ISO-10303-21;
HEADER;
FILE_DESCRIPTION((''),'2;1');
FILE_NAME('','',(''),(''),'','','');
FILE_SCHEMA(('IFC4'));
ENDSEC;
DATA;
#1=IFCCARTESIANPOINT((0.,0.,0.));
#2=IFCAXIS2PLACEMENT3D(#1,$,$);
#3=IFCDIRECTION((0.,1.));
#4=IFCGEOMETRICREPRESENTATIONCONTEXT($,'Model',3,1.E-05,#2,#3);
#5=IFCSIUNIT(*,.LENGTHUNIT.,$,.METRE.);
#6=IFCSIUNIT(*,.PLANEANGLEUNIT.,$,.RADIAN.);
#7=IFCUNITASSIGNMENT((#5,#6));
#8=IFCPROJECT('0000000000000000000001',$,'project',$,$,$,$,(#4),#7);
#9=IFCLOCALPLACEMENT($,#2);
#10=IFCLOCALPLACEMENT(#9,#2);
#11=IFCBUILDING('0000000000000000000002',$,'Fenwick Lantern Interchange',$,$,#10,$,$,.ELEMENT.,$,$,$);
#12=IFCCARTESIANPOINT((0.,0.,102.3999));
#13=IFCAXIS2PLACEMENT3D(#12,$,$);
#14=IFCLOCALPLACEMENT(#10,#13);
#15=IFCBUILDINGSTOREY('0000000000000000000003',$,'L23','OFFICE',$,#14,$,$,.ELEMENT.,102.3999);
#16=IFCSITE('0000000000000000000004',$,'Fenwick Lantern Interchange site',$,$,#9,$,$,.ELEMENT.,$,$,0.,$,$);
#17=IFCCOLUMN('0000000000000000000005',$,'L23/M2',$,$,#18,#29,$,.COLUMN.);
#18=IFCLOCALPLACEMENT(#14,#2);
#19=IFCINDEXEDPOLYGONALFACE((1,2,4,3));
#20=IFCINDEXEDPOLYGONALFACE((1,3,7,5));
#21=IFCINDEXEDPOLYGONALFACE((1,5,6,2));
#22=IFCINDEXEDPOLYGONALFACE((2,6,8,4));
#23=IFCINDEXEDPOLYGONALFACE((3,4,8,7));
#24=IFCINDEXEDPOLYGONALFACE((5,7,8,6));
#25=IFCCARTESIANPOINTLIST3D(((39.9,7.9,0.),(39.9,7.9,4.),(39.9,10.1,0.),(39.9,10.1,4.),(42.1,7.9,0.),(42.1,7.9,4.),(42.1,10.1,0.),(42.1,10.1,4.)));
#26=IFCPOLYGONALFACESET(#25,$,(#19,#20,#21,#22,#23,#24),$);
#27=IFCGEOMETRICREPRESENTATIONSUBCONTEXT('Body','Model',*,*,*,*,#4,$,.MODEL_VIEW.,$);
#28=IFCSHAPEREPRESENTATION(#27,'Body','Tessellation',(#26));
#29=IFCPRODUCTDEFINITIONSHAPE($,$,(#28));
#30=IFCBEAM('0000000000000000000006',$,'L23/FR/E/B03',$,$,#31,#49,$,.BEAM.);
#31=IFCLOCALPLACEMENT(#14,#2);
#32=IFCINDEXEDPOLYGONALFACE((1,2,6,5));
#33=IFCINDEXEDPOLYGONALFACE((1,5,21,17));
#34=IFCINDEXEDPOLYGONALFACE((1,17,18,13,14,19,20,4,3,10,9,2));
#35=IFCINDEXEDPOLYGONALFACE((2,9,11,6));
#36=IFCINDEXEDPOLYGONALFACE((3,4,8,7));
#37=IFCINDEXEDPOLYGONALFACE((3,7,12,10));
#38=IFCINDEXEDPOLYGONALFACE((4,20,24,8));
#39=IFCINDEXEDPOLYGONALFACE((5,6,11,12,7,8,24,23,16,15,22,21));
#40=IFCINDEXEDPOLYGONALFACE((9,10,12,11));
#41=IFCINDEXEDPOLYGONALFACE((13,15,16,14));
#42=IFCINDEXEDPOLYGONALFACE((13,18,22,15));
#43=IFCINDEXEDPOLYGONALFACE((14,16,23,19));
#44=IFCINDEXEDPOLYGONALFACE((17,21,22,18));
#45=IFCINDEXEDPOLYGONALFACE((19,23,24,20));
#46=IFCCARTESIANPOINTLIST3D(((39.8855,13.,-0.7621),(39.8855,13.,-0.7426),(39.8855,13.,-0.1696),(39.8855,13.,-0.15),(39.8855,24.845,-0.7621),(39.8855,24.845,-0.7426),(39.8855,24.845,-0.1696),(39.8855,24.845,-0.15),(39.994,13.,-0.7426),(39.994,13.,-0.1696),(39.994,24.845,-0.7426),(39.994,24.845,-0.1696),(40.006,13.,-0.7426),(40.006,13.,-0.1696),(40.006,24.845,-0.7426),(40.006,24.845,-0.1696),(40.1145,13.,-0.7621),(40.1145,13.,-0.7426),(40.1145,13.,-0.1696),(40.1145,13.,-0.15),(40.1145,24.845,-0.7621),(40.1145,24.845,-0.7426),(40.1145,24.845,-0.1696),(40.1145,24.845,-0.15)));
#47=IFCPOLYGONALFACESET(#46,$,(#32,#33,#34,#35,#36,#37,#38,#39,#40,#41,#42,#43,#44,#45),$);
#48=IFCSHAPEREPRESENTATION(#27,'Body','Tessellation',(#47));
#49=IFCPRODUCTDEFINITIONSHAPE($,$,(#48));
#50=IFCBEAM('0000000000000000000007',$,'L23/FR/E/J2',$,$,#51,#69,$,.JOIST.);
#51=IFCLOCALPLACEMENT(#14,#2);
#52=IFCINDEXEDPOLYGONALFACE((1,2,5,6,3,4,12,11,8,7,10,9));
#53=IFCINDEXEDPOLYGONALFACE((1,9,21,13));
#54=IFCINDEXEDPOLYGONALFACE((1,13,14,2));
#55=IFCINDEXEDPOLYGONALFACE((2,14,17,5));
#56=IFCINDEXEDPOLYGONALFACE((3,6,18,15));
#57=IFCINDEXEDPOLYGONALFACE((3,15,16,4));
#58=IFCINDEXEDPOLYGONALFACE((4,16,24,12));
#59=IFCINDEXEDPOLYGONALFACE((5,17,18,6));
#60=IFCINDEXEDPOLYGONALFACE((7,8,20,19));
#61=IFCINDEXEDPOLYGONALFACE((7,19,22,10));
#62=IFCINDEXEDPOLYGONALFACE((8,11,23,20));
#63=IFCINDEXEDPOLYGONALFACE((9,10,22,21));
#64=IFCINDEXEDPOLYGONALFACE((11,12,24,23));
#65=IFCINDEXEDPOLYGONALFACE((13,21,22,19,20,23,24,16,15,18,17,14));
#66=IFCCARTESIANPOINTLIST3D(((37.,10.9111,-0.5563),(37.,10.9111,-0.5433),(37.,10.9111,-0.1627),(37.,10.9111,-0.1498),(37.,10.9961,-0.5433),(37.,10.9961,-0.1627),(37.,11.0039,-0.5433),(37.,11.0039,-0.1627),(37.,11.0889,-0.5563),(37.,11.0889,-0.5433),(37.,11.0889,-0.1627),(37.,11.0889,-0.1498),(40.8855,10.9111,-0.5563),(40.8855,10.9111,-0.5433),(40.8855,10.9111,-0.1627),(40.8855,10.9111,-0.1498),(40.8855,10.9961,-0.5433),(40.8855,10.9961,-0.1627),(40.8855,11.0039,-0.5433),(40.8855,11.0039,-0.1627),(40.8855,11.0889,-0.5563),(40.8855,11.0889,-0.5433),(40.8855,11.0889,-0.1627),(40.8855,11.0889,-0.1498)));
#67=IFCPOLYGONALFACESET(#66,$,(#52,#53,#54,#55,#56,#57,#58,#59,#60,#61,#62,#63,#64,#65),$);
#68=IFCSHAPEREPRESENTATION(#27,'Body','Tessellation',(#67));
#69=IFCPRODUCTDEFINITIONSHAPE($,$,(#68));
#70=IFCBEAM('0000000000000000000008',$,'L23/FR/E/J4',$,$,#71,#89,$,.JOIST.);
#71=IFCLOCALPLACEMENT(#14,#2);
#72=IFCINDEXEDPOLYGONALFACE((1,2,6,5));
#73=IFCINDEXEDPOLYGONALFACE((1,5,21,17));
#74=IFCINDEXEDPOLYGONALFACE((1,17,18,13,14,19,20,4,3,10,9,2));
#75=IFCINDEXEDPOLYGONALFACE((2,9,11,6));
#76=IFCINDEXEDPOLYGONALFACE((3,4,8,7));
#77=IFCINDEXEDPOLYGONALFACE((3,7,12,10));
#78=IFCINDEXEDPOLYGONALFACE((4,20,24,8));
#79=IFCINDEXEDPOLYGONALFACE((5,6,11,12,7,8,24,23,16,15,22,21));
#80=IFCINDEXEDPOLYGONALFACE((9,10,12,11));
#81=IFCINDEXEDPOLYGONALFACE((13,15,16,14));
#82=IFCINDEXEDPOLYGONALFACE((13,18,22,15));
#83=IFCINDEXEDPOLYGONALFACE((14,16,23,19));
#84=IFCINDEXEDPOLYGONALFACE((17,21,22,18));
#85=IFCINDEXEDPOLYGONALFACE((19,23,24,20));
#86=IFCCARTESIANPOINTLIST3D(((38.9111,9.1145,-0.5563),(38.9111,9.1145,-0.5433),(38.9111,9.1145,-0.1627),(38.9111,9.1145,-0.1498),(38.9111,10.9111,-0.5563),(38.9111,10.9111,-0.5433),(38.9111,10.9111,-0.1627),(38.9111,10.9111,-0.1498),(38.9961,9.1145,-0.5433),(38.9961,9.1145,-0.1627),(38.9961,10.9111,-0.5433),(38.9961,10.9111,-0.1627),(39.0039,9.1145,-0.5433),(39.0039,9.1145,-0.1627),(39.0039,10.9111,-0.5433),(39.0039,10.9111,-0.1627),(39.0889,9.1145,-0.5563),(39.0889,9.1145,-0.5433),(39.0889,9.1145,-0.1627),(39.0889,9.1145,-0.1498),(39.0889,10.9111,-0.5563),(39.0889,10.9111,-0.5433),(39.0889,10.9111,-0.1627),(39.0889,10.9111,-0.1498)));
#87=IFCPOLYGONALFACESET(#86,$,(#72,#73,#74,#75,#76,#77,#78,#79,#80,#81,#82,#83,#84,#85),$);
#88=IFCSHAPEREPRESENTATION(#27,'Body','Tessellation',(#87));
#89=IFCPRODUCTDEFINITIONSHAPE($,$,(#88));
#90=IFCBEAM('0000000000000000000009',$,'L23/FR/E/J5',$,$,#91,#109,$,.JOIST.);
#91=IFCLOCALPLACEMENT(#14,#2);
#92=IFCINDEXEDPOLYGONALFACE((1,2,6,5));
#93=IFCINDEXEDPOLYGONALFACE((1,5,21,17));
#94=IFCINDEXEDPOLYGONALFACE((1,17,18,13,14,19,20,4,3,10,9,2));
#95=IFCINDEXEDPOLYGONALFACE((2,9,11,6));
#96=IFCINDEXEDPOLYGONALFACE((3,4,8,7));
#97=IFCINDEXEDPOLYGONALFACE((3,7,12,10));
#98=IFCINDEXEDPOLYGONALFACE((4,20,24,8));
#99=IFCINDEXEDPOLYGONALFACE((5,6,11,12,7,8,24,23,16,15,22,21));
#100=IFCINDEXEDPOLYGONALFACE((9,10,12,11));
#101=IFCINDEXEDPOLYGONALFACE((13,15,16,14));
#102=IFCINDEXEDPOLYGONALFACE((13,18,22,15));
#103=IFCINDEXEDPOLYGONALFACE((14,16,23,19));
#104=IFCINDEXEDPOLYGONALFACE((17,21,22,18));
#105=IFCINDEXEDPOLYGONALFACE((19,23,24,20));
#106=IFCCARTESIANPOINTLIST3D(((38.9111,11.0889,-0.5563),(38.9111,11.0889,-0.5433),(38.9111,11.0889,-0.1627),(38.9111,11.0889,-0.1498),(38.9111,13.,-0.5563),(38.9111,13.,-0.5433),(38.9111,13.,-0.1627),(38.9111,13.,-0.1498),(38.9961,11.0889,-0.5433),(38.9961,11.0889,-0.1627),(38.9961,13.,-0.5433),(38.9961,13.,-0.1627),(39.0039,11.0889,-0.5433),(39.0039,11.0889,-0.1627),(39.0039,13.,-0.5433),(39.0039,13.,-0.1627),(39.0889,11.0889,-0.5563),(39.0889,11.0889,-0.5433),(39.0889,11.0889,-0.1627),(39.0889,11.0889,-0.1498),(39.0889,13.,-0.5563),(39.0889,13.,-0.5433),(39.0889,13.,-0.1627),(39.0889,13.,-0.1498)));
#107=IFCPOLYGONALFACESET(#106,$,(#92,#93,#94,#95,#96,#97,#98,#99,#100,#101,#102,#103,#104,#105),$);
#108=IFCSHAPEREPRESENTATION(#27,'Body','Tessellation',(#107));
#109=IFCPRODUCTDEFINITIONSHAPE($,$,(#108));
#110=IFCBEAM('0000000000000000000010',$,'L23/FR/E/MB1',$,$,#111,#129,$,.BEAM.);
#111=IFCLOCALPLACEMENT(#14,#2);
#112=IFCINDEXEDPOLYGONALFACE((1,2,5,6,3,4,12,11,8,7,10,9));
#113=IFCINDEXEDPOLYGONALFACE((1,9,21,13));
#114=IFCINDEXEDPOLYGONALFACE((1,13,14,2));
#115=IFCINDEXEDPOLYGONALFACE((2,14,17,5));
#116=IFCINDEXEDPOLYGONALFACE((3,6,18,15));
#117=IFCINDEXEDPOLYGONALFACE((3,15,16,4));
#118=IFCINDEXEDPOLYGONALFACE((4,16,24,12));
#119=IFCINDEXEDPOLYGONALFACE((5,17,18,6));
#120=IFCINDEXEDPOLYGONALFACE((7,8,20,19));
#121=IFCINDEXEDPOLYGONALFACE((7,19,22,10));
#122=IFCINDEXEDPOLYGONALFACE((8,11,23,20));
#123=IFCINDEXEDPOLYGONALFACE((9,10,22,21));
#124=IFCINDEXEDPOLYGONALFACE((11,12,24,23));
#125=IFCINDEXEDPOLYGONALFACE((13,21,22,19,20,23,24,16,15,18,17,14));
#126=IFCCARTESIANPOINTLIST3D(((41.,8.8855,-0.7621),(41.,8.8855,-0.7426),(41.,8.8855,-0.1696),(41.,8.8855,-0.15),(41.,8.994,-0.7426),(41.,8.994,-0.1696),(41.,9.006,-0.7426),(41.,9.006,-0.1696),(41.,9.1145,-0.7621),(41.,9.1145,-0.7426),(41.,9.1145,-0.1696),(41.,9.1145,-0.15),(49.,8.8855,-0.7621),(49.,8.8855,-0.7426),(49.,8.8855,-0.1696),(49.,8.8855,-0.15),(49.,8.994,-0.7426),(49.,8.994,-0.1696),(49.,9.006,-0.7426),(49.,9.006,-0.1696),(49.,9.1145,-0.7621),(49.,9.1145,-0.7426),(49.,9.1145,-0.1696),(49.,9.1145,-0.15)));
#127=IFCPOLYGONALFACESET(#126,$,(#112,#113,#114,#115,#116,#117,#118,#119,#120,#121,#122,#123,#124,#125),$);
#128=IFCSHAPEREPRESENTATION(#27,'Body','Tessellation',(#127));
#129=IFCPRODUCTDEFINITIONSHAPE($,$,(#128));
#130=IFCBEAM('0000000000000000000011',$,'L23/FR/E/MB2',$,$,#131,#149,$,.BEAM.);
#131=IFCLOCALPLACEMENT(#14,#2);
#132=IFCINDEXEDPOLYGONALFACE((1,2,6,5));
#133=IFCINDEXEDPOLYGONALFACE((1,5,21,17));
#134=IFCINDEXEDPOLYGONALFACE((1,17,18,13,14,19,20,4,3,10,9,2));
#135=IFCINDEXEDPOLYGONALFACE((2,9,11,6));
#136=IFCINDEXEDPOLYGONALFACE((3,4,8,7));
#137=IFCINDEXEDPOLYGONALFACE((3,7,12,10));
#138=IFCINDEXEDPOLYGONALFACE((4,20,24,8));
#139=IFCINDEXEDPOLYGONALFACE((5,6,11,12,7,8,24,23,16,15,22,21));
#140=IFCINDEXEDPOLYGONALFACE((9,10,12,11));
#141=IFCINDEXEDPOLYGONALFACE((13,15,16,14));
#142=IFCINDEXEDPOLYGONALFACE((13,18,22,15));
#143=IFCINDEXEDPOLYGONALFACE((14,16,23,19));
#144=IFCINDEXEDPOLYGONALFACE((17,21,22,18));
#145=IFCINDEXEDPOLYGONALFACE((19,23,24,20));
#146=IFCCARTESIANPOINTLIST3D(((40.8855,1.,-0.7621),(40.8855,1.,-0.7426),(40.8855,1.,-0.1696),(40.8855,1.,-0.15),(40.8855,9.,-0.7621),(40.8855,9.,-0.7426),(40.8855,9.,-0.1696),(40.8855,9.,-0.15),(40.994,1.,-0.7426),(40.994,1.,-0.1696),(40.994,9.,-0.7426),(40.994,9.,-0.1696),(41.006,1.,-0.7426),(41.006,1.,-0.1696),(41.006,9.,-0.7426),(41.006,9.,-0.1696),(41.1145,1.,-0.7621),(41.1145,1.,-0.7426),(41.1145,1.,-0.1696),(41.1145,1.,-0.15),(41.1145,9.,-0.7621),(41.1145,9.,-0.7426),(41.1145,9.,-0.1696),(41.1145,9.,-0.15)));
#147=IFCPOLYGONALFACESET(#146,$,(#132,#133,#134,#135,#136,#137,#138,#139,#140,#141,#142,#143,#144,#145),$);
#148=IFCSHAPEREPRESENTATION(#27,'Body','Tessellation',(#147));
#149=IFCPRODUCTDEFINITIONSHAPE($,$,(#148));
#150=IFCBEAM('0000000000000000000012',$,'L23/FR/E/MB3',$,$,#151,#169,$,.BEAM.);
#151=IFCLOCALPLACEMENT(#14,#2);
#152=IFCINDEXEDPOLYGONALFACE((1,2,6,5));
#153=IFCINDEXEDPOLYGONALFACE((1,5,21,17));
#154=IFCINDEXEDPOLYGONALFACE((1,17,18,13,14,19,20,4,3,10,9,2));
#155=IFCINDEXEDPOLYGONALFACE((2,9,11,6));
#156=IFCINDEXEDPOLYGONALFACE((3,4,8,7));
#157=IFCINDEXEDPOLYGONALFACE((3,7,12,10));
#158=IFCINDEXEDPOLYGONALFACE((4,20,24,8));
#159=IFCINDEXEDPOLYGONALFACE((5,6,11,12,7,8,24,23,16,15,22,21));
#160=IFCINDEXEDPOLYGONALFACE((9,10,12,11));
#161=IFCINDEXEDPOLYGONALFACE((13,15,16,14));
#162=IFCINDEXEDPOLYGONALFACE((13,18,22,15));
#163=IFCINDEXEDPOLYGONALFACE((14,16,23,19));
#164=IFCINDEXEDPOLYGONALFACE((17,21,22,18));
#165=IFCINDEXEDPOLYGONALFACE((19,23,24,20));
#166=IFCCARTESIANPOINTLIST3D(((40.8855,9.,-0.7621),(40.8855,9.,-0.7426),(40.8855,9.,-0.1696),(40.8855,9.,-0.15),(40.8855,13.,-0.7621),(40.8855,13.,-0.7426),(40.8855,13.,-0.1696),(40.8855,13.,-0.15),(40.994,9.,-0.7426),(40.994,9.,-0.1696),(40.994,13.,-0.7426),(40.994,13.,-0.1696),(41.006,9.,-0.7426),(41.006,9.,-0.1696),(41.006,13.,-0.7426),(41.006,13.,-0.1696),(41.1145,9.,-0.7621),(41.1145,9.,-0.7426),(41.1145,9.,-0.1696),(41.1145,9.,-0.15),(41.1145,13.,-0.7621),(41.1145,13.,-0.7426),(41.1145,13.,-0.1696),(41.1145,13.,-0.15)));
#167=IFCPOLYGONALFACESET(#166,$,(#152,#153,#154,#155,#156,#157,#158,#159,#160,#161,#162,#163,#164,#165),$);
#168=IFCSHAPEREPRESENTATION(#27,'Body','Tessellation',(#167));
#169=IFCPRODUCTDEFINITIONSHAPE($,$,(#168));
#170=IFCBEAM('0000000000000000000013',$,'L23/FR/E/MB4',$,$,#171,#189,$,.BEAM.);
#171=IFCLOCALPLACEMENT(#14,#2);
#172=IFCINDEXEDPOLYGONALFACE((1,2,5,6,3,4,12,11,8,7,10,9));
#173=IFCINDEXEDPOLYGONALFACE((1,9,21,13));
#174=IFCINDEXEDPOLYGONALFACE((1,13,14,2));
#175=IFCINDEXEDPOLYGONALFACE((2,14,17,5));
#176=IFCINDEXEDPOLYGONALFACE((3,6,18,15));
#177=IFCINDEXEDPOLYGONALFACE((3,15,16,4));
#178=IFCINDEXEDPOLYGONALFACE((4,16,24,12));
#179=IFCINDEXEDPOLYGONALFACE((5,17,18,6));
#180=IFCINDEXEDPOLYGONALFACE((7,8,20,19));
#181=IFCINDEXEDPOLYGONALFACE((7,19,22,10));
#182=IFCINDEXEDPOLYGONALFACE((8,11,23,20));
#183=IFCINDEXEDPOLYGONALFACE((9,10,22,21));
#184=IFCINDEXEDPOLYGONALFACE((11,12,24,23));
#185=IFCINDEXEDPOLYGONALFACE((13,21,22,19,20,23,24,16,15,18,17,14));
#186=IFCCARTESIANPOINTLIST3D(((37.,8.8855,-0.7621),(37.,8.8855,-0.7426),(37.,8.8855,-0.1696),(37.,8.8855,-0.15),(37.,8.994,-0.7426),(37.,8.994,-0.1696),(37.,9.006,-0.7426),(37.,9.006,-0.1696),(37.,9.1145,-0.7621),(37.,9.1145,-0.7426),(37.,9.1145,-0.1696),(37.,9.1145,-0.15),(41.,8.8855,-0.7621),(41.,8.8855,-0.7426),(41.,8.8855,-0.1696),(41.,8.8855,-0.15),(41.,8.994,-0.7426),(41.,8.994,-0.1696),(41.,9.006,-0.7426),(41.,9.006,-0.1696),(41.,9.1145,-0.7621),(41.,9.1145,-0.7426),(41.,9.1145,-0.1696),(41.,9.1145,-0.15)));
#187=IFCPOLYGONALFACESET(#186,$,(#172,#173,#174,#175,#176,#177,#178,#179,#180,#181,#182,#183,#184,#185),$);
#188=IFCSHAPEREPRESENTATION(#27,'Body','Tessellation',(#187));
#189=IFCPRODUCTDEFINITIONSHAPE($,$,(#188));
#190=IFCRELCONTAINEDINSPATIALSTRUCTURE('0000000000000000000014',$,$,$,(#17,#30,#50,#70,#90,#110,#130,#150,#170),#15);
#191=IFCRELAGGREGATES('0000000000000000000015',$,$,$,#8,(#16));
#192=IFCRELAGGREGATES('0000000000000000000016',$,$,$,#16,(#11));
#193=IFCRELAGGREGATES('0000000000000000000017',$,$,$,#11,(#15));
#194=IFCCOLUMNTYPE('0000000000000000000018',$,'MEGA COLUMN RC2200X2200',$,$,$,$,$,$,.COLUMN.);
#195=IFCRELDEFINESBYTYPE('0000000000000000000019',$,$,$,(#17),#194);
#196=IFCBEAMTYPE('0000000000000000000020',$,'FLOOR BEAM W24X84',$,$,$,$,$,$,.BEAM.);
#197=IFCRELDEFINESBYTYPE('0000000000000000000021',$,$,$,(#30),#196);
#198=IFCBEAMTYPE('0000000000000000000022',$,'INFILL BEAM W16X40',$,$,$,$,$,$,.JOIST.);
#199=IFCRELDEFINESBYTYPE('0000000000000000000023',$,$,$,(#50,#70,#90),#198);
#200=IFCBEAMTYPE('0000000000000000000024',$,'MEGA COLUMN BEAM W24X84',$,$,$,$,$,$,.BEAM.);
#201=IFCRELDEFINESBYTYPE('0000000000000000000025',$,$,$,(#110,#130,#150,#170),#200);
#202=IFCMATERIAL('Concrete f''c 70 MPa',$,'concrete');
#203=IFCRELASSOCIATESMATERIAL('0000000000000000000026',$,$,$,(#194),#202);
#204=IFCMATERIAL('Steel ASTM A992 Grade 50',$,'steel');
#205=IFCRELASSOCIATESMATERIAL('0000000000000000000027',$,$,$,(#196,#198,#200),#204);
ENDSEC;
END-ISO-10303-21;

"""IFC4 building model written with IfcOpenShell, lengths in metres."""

from ifc_helpers import new_model, si_unit, direction, frame, origin, origin_2d, place, context, subcontext, project, spatial, rectangle, i_section, extrude, material, material_profile, profile_set, type_object, element, save


model = new_model("IFC4")

# Units and contexts
model_context = context("Model", 3, precision=1e-05, world=origin(), true_north=direction((0.0, 1.0)))
body_context = subcontext(model_context, "Body", "Model", "MODEL_VIEW")
ifc_project = project(units=[si_unit("LENGTHUNIT", "METRE"), si_unit("PLANEANGLEUNIT", "RADIAN")], contexts=[model_context])

# Site, building, storey
site_placement = place(None, origin())
site = spatial("IfcSite", under=ifc_project, at=site_placement, Name="Fenwick Lantern Interchange site", CompositionType="ELEMENT", RefElevation=0.0)
building_placement = place(site_placement, origin())
building = spatial("IfcBuilding", under=site, at=building_placement, Name="Fenwick Lantern Interchange", CompositionType="ELEMENT")
storey_placement = place(building_placement, frame((0.0, 0.0, 102.3999)))
storey = spatial("IfcBuildingStorey", under=building, at=storey_placement, Name="L23", Description="OFFICE", CompositionType="ELEMENT", Elevation=102.3999)

# Column
ifc_material_1 = material(Name="Concrete f'c 70 MPa", Category="concrete")
ifc_material_profile_1 = material_profile(ifc_material_1, rectangle(XDim=2.2, YDim=2.2, at=origin_2d()), Name="RC2200X2200")
ifc_profile_set_1 = profile_set([ifc_material_profile_1], Name="Concrete f'c 70 MPa")
column_type = type_object("IfcColumnType", Name="MEGA COLUMN RC2200X2200", PredefinedType="COLUMN", material=ifc_profile_set_1)
column_placement = place(storey_placement, frame((41.0, 9.0, 0.0), z_axis=(0.0, 0.0, 1.0), x_axis=(1.0, 0.0, 0.0)))
element("IfcColumn", 1, at=column_placement, inside=storey, type_object=column_type, Name="L23/M2", PredefinedType="COLUMN", context=body_context, shape_type="SweptSolid", body=[
    extrude(rectangle(XDim=2.2, YDim=2.2, at=origin_2d()), origin(), (0.0, 0.0, 1.0), 4.0),
])

# Beams
ifc_material_2 = material(Name="Steel ASTM A992 Grade 50", Category="steel")
ifc_material_profile_2 = material_profile(ifc_material_2, i_section(OverallWidth=0.229, OverallDepth=0.6121, WebThickness=0.012, FlangeThickness=0.0195, at=origin_2d()), Name="W24X84")
ifc_profile_set_2 = profile_set([ifc_material_profile_2], Name="Steel ASTM A992 Grade 50")
beam_type_1 = type_object("IfcBeamType", Name="FLOOR BEAM W24X84", PredefinedType="BEAM", material=ifc_profile_set_2)
beam_1_placement = place(storey_placement, frame((40.0, 13.0, -0.4561), z_axis=(0.0, 1.0, 0.0), x_axis=(-1.0, 0.0, 0.0)))
element("IfcBeam", 2, at=beam_1_placement, inside=storey, type_object=beam_type_1, Name="L23/FR/E/B03", PredefinedType="BEAM", context=body_context, shape_type="SweptSolid", body=[
    extrude(i_section(OverallWidth=0.229, OverallDepth=0.6121, WebThickness=0.012, FlangeThickness=0.0195, at=origin_2d()), origin(), (0.0, 0.0, 1.0), 11.845),
])
ifc_material_profile_3 = material_profile(ifc_material_2, i_section(OverallWidth=0.1777, OverallDepth=0.4065, WebThickness=0.0078, FlangeThickness=0.0129, at=origin_2d()), Name="W16X40")
ifc_profile_set_3 = profile_set([ifc_material_profile_3], Name="Steel ASTM A992 Grade 50")
beam_type_2 = type_object("IfcBeamType", Name="INFILL BEAM W16X40", PredefinedType="JOIST", material=ifc_profile_set_3)
beam_2_placement = place(storey_placement, frame((40.8855, 11.0, -0.353), z_axis=(-1.0, 0.0, 0.0), x_axis=(0.0, -1.0, 0.0)))
element("IfcBeam", 3, at=beam_2_placement, inside=storey, type_object=beam_type_2, Name="L23/FR/E/J2", PredefinedType="JOIST", context=body_context, shape_type="SweptSolid", body=[
    extrude(i_section(OverallWidth=0.1777, OverallDepth=0.4065, WebThickness=0.0078, FlangeThickness=0.0129, at=origin_2d()), origin(), (0.0, 0.0, 1.0), 3.8855),
])
beam_3_placement = place(storey_placement, frame((39.0, 9.1145, -0.353), z_axis=(0.0, 1.0, 0.0), x_axis=(-1.0, 0.0, 0.0)))
element("IfcBeam", 4, at=beam_3_placement, inside=storey, type_object=beam_type_2, Name="L23/FR/E/J4", PredefinedType="JOIST", context=body_context, shape_type="SweptSolid", body=[
    extrude(i_section(OverallWidth=0.1777, OverallDepth=0.4065, WebThickness=0.0078, FlangeThickness=0.0129, at=origin_2d()), origin(), (0.0, 0.0, 1.0), 1.7966),
])
beam_4_placement = place(storey_placement, frame((39.0, 11.0889, -0.353), z_axis=(0.0, 1.0, 0.0), x_axis=(-1.0, 0.0, 0.0)))
element("IfcBeam", 5, at=beam_4_placement, inside=storey, type_object=beam_type_2, Name="L23/FR/E/J5", PredefinedType="JOIST", context=body_context, shape_type="SweptSolid", body=[
    extrude(i_section(OverallWidth=0.1777, OverallDepth=0.4065, WebThickness=0.0078, FlangeThickness=0.0129, at=origin_2d()), origin(), (0.0, 0.0, 1.0), 1.9111),
])
ifc_material_profile_4 = material_profile(ifc_material_2, i_section(OverallWidth=0.229, OverallDepth=0.6121, WebThickness=0.012, FlangeThickness=0.0195, at=origin_2d()), Name="W24X84")
ifc_profile_set_4 = profile_set([ifc_material_profile_4], Name="Steel ASTM A992 Grade 50")
beam_type_3 = type_object("IfcBeamType", Name="MEGA COLUMN BEAM W24X84", PredefinedType="BEAM", material=ifc_profile_set_4)
for number, where, z_axis, x_axis, name in (
    (6, (41.0, 9.0, -0.4561), (1.0, 0.0, 0.0), (0.0, 1.0, 0.0), "L23/FR/E/MB1"),
    (7, (41.0, 9.0, -0.4561), (0.0, -1.0, 0.0), (1.0, 0.0, 0.0), "L23/FR/E/MB2"),
):
    element("IfcBeam", number, at=place(storey_placement, frame(where, z_axis=z_axis, x_axis=x_axis)), inside=storey, type_object=beam_type_3, Name=name, PredefinedType="BEAM", context=body_context, shape_type="SweptSolid", body=[
        extrude(i_section(OverallWidth=0.229, OverallDepth=0.6121, WebThickness=0.012, FlangeThickness=0.0195, at=origin_2d()), origin(), (0.0, 0.0, 1.0), 8.0),
    ])
for number, where, z_axis, x_axis, name in (
    (8, (41.0, 9.0, -0.4561), (0.0, 1.0, 0.0), (-1.0, 0.0, 0.0), "L23/FR/E/MB3"),
    (9, (41.0, 9.0, -0.4561), (-1.0, 0.0, 0.0), (0.0, -1.0, 0.0), "L23/FR/E/MB4"),
):
    element("IfcBeam", number, at=place(storey_placement, frame(where, z_axis=z_axis, x_axis=x_axis)), inside=storey, type_object=beam_type_3, Name=name, PredefinedType="BEAM", context=body_context, shape_type="SweptSolid", body=[
        extrude(i_section(OverallWidth=0.229, OverallDepth=0.6121, WebThickness=0.012, FlangeThickness=0.0195, at=origin_2d()), origin(), (0.0, 0.0, 1.0), 4.0),
    ])

save(model, "model.ifc")
